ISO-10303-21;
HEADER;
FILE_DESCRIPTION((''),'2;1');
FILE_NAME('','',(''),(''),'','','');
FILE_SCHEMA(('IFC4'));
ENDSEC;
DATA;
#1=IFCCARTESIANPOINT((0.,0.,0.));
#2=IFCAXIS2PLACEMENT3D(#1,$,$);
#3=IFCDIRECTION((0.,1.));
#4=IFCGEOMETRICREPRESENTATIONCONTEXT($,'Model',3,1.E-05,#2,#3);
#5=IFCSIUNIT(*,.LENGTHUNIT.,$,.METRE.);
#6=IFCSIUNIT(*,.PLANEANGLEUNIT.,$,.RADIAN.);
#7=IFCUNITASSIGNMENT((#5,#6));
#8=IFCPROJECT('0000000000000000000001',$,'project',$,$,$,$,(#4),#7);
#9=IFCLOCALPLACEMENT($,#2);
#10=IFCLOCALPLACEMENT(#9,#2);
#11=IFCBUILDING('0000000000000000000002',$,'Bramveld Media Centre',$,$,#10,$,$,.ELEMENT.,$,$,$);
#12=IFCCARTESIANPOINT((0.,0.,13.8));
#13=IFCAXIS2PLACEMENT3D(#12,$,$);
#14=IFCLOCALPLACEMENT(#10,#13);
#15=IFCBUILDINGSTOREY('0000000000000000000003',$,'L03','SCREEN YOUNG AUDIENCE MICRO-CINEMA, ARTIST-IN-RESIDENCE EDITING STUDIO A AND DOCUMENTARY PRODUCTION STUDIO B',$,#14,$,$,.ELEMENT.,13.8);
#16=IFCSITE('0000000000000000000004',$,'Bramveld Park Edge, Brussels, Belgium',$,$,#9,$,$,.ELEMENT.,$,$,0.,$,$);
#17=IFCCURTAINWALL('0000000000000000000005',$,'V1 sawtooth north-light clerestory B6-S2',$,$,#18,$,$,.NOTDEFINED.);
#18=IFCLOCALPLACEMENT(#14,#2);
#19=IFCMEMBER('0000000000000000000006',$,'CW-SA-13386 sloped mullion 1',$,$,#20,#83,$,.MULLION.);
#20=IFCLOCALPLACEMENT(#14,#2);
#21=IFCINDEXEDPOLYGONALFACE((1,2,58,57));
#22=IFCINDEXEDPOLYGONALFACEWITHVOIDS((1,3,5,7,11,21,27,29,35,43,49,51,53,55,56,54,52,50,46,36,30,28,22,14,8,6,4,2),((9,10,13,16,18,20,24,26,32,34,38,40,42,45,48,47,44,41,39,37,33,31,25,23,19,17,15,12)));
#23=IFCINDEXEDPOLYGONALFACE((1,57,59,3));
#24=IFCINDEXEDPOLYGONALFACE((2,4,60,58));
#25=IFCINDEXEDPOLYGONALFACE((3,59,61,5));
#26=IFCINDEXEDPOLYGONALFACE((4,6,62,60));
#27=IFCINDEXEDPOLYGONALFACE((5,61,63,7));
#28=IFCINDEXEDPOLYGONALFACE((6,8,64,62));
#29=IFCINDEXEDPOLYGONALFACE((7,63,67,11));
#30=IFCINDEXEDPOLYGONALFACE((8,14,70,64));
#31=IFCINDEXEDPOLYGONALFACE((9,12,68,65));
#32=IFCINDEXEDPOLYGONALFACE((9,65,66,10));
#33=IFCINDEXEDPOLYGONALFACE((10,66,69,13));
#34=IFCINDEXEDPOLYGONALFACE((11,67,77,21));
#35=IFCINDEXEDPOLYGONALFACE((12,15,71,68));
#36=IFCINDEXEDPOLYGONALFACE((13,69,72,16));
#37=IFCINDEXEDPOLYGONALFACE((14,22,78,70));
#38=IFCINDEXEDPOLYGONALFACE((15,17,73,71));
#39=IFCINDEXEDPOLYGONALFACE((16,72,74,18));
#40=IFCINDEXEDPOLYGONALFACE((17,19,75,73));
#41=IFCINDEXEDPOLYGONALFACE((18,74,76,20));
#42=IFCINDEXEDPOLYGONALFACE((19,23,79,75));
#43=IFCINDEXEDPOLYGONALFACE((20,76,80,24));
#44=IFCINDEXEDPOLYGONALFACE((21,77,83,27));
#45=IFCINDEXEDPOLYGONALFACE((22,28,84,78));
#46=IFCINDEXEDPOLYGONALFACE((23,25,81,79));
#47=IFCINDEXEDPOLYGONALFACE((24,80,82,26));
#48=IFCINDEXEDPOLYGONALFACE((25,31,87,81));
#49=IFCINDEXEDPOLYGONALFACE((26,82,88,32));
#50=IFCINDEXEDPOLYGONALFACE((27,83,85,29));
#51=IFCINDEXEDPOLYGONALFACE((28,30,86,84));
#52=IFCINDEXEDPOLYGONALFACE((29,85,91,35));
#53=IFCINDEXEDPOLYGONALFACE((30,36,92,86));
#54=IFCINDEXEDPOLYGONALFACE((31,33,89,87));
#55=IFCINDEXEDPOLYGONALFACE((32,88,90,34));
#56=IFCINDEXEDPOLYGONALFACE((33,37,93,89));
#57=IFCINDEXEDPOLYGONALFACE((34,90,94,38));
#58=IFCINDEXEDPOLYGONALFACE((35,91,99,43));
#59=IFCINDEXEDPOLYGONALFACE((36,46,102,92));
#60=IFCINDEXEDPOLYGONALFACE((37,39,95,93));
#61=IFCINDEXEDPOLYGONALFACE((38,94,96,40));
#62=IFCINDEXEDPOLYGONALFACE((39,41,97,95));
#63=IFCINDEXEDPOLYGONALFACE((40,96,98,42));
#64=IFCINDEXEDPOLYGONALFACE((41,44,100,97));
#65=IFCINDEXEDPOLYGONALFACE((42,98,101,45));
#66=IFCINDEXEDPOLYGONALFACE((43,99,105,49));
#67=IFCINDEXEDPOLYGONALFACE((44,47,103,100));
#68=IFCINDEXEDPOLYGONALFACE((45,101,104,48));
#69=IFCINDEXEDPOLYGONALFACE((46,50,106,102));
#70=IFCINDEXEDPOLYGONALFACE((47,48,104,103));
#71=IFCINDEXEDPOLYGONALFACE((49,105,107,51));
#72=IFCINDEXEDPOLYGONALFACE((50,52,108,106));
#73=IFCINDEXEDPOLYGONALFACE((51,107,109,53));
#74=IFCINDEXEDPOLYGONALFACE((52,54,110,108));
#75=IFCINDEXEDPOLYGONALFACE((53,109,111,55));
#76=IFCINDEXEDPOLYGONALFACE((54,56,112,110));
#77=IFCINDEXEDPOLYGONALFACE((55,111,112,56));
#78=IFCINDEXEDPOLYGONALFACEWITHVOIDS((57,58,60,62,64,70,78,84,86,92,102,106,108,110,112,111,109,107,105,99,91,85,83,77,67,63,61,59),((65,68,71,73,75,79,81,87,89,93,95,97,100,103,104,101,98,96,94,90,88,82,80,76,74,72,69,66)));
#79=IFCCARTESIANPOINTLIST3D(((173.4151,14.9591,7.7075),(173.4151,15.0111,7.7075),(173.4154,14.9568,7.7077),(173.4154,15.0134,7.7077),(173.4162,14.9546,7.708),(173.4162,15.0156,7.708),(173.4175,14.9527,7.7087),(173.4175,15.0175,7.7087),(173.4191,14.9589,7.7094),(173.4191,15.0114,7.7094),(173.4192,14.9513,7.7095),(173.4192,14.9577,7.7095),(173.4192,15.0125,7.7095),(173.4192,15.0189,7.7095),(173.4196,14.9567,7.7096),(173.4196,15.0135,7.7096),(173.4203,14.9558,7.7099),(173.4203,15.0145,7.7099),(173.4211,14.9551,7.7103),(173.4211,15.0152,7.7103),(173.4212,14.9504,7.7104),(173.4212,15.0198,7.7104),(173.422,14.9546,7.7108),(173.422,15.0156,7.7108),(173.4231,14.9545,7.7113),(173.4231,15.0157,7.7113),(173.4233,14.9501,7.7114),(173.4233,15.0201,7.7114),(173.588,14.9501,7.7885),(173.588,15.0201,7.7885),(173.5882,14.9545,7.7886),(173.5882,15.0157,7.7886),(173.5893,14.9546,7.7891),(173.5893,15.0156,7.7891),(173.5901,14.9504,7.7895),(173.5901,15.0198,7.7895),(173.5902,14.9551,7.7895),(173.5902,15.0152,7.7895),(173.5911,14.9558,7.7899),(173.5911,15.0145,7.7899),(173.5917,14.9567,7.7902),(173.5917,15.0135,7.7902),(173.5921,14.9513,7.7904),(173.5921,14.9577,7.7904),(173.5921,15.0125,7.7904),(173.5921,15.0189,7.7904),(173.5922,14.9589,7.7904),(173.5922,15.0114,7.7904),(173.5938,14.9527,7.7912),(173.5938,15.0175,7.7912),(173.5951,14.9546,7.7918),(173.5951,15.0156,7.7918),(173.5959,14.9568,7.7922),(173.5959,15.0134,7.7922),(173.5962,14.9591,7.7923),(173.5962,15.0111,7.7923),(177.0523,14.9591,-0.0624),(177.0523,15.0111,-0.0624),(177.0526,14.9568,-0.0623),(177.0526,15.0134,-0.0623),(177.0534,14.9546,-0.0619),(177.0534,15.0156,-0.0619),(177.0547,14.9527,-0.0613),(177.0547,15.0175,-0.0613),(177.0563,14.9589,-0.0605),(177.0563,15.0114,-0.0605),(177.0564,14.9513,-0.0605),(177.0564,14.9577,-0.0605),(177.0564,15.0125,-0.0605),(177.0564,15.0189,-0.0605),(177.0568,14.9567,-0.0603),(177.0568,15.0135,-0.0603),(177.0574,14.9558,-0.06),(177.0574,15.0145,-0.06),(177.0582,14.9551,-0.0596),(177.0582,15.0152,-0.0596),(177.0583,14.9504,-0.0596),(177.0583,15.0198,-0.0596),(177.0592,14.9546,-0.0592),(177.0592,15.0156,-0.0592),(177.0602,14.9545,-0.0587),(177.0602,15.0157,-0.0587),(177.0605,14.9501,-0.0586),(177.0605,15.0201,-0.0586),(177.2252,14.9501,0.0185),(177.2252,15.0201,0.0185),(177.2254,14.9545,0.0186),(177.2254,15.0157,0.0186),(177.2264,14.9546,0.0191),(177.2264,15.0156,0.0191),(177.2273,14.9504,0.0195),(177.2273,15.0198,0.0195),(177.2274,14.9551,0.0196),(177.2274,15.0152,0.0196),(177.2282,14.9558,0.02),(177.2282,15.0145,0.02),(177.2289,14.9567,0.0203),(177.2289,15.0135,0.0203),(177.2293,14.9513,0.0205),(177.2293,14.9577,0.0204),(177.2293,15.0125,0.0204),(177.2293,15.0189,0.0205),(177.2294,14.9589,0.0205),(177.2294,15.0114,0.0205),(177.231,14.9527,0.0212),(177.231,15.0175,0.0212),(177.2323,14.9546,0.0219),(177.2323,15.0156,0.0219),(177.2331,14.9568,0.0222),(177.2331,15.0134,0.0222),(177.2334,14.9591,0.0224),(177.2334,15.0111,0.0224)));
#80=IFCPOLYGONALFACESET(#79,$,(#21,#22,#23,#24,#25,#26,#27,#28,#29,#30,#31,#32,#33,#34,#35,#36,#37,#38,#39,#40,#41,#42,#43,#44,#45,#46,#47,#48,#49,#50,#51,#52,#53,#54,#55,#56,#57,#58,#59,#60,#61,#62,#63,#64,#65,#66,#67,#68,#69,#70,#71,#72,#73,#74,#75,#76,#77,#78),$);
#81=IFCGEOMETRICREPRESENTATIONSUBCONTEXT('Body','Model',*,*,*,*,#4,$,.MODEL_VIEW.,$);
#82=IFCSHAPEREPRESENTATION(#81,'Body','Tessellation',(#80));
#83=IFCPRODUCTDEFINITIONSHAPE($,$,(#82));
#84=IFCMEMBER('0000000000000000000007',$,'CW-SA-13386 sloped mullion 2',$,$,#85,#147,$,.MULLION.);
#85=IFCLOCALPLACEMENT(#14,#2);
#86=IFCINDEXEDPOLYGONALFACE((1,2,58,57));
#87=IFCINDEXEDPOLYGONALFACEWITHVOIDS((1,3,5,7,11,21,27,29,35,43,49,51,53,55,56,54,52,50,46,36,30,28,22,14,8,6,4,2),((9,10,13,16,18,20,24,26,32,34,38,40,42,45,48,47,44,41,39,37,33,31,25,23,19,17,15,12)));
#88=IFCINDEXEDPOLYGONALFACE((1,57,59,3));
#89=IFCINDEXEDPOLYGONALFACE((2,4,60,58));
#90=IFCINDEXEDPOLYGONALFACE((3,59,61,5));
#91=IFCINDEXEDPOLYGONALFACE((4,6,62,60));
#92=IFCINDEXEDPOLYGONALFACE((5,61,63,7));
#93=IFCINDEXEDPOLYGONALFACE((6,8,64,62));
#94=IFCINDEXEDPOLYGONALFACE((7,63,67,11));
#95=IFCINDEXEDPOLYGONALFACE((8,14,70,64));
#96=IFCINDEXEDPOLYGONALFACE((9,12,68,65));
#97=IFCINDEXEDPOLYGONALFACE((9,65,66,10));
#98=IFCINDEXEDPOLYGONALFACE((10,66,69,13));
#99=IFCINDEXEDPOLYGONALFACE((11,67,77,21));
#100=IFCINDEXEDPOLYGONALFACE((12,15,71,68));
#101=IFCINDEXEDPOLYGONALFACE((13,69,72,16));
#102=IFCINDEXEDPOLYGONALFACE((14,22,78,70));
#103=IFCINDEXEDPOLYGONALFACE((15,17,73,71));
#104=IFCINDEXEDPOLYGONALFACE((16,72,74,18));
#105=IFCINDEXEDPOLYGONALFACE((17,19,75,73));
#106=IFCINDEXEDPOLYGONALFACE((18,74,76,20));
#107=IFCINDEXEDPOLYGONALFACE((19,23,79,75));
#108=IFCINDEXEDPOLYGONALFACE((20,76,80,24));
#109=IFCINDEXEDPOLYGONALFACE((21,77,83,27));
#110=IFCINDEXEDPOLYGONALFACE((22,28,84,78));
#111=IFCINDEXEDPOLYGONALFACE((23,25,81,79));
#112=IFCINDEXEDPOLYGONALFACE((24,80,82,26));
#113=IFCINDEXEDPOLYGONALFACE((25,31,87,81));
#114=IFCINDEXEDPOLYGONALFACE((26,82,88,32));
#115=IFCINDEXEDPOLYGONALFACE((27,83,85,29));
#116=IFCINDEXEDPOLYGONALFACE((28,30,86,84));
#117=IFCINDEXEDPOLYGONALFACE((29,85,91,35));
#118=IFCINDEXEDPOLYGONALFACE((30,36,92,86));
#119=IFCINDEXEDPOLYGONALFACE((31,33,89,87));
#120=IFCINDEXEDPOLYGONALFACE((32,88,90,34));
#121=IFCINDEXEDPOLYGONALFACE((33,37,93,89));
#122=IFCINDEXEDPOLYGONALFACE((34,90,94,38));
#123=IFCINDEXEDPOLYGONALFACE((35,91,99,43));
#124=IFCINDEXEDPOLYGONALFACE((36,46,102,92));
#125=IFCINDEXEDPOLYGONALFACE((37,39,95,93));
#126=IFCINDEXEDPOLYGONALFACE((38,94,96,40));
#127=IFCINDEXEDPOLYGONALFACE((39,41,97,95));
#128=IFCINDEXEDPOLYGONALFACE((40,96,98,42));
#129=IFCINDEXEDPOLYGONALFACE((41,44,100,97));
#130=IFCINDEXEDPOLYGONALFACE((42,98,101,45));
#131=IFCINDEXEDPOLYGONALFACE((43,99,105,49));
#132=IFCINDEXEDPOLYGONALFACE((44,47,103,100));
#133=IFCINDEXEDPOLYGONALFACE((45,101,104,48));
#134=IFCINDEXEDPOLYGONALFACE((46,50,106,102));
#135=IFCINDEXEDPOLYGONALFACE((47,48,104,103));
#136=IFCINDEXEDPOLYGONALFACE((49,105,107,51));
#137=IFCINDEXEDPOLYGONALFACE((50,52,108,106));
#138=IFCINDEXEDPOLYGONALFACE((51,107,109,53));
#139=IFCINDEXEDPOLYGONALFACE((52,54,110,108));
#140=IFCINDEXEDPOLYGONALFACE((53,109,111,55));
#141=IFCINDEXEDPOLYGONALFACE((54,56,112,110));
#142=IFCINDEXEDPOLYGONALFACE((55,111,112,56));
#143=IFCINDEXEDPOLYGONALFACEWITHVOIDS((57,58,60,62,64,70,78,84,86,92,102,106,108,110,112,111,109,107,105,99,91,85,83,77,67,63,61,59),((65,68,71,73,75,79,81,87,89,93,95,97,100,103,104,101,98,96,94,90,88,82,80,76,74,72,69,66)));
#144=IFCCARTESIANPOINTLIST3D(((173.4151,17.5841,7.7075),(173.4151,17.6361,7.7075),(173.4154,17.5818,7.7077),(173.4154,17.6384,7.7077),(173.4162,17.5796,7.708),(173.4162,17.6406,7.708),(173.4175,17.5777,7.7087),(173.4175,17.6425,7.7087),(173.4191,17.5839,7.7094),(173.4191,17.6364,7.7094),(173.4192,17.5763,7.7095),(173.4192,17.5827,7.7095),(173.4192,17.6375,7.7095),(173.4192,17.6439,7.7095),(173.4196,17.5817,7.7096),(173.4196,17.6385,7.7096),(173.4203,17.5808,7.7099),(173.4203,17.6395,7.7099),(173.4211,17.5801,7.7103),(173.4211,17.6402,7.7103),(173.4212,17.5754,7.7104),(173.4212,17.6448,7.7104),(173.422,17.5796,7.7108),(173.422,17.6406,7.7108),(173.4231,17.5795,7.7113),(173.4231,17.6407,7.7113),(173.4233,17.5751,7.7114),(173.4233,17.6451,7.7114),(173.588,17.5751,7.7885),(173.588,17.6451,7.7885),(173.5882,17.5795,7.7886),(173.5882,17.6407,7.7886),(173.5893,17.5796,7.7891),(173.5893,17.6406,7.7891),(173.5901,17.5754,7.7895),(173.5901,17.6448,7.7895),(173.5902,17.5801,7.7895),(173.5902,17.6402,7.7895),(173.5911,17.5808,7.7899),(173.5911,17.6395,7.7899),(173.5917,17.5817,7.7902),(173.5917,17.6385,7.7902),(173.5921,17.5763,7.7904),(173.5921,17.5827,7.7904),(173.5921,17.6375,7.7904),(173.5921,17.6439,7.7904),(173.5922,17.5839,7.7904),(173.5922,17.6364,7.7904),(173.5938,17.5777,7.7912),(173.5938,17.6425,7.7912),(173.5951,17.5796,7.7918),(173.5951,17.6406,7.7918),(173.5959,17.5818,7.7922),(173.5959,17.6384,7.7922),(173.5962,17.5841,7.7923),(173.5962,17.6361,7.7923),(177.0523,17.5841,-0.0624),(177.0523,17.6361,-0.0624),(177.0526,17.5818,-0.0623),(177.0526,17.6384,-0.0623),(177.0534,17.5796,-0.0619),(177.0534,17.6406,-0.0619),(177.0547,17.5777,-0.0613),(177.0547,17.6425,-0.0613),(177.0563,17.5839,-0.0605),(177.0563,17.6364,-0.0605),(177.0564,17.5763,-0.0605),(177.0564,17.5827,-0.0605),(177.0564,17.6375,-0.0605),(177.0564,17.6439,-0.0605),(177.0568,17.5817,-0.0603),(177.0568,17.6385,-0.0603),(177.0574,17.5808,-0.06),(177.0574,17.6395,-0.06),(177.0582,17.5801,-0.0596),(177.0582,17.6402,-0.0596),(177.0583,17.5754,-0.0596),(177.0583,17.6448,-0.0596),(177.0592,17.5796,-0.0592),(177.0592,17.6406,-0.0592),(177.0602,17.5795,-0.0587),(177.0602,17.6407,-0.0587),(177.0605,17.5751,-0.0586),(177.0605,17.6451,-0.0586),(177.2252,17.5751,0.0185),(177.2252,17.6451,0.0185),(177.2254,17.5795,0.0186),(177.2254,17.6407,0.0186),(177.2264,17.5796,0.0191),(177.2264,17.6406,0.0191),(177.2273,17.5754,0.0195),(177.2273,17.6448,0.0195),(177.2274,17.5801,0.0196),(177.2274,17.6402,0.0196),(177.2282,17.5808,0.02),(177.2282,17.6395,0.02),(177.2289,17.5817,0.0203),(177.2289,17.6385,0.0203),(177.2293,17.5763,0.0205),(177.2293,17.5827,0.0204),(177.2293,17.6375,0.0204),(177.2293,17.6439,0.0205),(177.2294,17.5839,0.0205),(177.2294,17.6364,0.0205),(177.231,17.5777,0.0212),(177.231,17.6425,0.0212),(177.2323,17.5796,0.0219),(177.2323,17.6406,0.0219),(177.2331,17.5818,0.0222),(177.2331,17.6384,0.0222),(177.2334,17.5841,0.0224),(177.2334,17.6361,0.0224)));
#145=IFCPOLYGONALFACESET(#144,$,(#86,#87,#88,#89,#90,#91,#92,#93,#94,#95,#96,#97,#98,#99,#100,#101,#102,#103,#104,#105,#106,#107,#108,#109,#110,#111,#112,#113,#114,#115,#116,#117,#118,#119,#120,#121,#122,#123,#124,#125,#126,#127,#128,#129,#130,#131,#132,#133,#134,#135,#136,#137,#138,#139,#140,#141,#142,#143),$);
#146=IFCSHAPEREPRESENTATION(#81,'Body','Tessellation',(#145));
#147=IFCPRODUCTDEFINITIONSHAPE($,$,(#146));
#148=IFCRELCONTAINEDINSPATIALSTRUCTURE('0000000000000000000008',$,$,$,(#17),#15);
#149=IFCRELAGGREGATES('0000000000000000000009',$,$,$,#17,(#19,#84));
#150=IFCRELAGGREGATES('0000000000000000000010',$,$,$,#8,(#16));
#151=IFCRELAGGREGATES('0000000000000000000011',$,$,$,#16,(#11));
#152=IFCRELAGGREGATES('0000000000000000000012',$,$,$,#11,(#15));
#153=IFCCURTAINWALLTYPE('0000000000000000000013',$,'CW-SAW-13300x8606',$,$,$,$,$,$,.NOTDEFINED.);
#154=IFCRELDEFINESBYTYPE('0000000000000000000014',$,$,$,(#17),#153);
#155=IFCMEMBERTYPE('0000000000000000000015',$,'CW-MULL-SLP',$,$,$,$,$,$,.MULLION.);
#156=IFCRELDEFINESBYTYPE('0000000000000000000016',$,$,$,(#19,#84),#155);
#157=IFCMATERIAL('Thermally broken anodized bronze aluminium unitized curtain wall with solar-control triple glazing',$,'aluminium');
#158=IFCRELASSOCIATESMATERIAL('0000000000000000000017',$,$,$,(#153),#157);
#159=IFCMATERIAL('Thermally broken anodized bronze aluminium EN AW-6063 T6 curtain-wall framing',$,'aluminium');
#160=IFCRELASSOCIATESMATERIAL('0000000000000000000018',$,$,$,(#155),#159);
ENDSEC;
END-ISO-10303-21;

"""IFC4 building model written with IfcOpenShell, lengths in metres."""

from ifc_helpers import new_model, si_unit, direction, frame, origin, origin_2d, place, context, subcontext, project, spatial, hollow_rectangle, extrude, material, material_profile, profile_set, type_object, element, aggregate, save


model = new_model("IFC4")

# Units and contexts
model_context = context("Model", 3, precision=1e-05, world=origin(), true_north=direction((0.0, 1.0)))
body_context = subcontext(model_context, "Body", "Model", "MODEL_VIEW")
ifc_project = project(units=[si_unit("LENGTHUNIT", "METRE"), si_unit("PLANEANGLEUNIT", "RADIAN")], contexts=[model_context])

# Site, building, storey
site_placement = place(None, origin())
site = spatial("IfcSite", under=ifc_project, at=site_placement, Name="Bramveld Park Edge, Brussels, Belgium", CompositionType="ELEMENT", RefElevation=0.0)
building_placement = place(site_placement, origin())
building = spatial("IfcBuilding", under=site, at=building_placement, Name="Bramveld Media Centre", CompositionType="ELEMENT")
storey_placement = place(building_placement, frame((0.0, 0.0, 13.8)))
storey = spatial("IfcBuildingStorey", under=building, at=storey_placement, Name="L03", Description="SCREEN YOUNG AUDIENCE MICRO-CINEMA, ARTIST-IN-RESIDENCE EDITING STUDIO A AND DOCUMENTARY PRODUCTION STUDIO B", CompositionType="ELEMENT", Elevation=13.8)

# Curtain wall, members
ifc_material_1 = material(Name="Thermally broken anodized bronze aluminium unitized curtain wall with solar-control triple glazing", Category="aluminium")
curtain_wall_type = type_object("IfcCurtainWallType", Name="CW-SAW-13300x8606", PredefinedType="NOTDEFINED", material=ifc_material_1)
ifc_material_2 = material(Name="Thermally broken anodized bronze aluminium EN AW-6063 T6 curtain-wall framing", Category="aluminium")
ifc_material_profile_1 = material_profile(ifc_material_2, hollow_rectangle(XDim=0.0701, YDim=0.2, WallThickness=0.0044, InnerFilletRadius=0.0044, OuterFilletRadius=0.009, at=origin_2d()), Name="AL-MULL 70x200")
ifc_profile_set_1 = profile_set([ifc_material_profile_1], Name="Thermally broken anodized bronze aluminium EN AW-6063 T6 curtain-wall framing")
member_type_1 = type_object("IfcMemberType", Name="CW-MULL-SLP", PredefinedType="MULLION", material=ifc_profile_set_1)
curtain_wall_1_placement = place(storey_placement, origin())
curtain_wall_1 = element("IfcCurtainWall", 1, at=curtain_wall_1_placement, inside=storey, type_object=curtain_wall_type, Name="V1 sawtooth north-light clerestory B6-S2", PredefinedType="NOTDEFINED")
member_1_placement = place(storey_placement, frame((177.1428, 14.9851, -0.02), z_axis=(-0.423957, 0.0, 0.905682), x_axis=(0.0, -1.0, 0.0)))
member_1 = element("IfcMember", 2, at=member_1_placement, type_object=member_type_1, Name="CW-SA-13386 sloped mullion 1", PredefinedType="MULLION", context=body_context, shape_type="SweptSolid", body=[
    extrude(hollow_rectangle(XDim=0.0701, YDim=0.2, WallThickness=0.0044, InnerFilletRadius=0.0044, OuterFilletRadius=0.009, at=origin_2d()), origin(), (0.0, 0.0, 1.0), 8.5791),
])
member_2_placement = place(storey_placement, frame((177.1428, 17.6101, -0.02), z_axis=(-0.423957, 0.0, 0.905682), x_axis=(0.0, -1.0, 0.0)))
member_2 = element("IfcMember", 3, at=member_2_placement, type_object=member_type_1, Name="CW-SA-13386 sloped mullion 2", PredefinedType="MULLION", context=body_context, shape_type="SweptSolid", body=[
    extrude(hollow_rectangle(XDim=0.0701, YDim=0.2, WallThickness=0.0044, InnerFilletRadius=0.0044, OuterFilletRadius=0.009, at=origin_2d()), origin(), (0.0, 0.0, 1.0), 8.5791),
])

aggregate(curtain_wall_1, [member_1, member_2])

save(model, "model.ifc")
